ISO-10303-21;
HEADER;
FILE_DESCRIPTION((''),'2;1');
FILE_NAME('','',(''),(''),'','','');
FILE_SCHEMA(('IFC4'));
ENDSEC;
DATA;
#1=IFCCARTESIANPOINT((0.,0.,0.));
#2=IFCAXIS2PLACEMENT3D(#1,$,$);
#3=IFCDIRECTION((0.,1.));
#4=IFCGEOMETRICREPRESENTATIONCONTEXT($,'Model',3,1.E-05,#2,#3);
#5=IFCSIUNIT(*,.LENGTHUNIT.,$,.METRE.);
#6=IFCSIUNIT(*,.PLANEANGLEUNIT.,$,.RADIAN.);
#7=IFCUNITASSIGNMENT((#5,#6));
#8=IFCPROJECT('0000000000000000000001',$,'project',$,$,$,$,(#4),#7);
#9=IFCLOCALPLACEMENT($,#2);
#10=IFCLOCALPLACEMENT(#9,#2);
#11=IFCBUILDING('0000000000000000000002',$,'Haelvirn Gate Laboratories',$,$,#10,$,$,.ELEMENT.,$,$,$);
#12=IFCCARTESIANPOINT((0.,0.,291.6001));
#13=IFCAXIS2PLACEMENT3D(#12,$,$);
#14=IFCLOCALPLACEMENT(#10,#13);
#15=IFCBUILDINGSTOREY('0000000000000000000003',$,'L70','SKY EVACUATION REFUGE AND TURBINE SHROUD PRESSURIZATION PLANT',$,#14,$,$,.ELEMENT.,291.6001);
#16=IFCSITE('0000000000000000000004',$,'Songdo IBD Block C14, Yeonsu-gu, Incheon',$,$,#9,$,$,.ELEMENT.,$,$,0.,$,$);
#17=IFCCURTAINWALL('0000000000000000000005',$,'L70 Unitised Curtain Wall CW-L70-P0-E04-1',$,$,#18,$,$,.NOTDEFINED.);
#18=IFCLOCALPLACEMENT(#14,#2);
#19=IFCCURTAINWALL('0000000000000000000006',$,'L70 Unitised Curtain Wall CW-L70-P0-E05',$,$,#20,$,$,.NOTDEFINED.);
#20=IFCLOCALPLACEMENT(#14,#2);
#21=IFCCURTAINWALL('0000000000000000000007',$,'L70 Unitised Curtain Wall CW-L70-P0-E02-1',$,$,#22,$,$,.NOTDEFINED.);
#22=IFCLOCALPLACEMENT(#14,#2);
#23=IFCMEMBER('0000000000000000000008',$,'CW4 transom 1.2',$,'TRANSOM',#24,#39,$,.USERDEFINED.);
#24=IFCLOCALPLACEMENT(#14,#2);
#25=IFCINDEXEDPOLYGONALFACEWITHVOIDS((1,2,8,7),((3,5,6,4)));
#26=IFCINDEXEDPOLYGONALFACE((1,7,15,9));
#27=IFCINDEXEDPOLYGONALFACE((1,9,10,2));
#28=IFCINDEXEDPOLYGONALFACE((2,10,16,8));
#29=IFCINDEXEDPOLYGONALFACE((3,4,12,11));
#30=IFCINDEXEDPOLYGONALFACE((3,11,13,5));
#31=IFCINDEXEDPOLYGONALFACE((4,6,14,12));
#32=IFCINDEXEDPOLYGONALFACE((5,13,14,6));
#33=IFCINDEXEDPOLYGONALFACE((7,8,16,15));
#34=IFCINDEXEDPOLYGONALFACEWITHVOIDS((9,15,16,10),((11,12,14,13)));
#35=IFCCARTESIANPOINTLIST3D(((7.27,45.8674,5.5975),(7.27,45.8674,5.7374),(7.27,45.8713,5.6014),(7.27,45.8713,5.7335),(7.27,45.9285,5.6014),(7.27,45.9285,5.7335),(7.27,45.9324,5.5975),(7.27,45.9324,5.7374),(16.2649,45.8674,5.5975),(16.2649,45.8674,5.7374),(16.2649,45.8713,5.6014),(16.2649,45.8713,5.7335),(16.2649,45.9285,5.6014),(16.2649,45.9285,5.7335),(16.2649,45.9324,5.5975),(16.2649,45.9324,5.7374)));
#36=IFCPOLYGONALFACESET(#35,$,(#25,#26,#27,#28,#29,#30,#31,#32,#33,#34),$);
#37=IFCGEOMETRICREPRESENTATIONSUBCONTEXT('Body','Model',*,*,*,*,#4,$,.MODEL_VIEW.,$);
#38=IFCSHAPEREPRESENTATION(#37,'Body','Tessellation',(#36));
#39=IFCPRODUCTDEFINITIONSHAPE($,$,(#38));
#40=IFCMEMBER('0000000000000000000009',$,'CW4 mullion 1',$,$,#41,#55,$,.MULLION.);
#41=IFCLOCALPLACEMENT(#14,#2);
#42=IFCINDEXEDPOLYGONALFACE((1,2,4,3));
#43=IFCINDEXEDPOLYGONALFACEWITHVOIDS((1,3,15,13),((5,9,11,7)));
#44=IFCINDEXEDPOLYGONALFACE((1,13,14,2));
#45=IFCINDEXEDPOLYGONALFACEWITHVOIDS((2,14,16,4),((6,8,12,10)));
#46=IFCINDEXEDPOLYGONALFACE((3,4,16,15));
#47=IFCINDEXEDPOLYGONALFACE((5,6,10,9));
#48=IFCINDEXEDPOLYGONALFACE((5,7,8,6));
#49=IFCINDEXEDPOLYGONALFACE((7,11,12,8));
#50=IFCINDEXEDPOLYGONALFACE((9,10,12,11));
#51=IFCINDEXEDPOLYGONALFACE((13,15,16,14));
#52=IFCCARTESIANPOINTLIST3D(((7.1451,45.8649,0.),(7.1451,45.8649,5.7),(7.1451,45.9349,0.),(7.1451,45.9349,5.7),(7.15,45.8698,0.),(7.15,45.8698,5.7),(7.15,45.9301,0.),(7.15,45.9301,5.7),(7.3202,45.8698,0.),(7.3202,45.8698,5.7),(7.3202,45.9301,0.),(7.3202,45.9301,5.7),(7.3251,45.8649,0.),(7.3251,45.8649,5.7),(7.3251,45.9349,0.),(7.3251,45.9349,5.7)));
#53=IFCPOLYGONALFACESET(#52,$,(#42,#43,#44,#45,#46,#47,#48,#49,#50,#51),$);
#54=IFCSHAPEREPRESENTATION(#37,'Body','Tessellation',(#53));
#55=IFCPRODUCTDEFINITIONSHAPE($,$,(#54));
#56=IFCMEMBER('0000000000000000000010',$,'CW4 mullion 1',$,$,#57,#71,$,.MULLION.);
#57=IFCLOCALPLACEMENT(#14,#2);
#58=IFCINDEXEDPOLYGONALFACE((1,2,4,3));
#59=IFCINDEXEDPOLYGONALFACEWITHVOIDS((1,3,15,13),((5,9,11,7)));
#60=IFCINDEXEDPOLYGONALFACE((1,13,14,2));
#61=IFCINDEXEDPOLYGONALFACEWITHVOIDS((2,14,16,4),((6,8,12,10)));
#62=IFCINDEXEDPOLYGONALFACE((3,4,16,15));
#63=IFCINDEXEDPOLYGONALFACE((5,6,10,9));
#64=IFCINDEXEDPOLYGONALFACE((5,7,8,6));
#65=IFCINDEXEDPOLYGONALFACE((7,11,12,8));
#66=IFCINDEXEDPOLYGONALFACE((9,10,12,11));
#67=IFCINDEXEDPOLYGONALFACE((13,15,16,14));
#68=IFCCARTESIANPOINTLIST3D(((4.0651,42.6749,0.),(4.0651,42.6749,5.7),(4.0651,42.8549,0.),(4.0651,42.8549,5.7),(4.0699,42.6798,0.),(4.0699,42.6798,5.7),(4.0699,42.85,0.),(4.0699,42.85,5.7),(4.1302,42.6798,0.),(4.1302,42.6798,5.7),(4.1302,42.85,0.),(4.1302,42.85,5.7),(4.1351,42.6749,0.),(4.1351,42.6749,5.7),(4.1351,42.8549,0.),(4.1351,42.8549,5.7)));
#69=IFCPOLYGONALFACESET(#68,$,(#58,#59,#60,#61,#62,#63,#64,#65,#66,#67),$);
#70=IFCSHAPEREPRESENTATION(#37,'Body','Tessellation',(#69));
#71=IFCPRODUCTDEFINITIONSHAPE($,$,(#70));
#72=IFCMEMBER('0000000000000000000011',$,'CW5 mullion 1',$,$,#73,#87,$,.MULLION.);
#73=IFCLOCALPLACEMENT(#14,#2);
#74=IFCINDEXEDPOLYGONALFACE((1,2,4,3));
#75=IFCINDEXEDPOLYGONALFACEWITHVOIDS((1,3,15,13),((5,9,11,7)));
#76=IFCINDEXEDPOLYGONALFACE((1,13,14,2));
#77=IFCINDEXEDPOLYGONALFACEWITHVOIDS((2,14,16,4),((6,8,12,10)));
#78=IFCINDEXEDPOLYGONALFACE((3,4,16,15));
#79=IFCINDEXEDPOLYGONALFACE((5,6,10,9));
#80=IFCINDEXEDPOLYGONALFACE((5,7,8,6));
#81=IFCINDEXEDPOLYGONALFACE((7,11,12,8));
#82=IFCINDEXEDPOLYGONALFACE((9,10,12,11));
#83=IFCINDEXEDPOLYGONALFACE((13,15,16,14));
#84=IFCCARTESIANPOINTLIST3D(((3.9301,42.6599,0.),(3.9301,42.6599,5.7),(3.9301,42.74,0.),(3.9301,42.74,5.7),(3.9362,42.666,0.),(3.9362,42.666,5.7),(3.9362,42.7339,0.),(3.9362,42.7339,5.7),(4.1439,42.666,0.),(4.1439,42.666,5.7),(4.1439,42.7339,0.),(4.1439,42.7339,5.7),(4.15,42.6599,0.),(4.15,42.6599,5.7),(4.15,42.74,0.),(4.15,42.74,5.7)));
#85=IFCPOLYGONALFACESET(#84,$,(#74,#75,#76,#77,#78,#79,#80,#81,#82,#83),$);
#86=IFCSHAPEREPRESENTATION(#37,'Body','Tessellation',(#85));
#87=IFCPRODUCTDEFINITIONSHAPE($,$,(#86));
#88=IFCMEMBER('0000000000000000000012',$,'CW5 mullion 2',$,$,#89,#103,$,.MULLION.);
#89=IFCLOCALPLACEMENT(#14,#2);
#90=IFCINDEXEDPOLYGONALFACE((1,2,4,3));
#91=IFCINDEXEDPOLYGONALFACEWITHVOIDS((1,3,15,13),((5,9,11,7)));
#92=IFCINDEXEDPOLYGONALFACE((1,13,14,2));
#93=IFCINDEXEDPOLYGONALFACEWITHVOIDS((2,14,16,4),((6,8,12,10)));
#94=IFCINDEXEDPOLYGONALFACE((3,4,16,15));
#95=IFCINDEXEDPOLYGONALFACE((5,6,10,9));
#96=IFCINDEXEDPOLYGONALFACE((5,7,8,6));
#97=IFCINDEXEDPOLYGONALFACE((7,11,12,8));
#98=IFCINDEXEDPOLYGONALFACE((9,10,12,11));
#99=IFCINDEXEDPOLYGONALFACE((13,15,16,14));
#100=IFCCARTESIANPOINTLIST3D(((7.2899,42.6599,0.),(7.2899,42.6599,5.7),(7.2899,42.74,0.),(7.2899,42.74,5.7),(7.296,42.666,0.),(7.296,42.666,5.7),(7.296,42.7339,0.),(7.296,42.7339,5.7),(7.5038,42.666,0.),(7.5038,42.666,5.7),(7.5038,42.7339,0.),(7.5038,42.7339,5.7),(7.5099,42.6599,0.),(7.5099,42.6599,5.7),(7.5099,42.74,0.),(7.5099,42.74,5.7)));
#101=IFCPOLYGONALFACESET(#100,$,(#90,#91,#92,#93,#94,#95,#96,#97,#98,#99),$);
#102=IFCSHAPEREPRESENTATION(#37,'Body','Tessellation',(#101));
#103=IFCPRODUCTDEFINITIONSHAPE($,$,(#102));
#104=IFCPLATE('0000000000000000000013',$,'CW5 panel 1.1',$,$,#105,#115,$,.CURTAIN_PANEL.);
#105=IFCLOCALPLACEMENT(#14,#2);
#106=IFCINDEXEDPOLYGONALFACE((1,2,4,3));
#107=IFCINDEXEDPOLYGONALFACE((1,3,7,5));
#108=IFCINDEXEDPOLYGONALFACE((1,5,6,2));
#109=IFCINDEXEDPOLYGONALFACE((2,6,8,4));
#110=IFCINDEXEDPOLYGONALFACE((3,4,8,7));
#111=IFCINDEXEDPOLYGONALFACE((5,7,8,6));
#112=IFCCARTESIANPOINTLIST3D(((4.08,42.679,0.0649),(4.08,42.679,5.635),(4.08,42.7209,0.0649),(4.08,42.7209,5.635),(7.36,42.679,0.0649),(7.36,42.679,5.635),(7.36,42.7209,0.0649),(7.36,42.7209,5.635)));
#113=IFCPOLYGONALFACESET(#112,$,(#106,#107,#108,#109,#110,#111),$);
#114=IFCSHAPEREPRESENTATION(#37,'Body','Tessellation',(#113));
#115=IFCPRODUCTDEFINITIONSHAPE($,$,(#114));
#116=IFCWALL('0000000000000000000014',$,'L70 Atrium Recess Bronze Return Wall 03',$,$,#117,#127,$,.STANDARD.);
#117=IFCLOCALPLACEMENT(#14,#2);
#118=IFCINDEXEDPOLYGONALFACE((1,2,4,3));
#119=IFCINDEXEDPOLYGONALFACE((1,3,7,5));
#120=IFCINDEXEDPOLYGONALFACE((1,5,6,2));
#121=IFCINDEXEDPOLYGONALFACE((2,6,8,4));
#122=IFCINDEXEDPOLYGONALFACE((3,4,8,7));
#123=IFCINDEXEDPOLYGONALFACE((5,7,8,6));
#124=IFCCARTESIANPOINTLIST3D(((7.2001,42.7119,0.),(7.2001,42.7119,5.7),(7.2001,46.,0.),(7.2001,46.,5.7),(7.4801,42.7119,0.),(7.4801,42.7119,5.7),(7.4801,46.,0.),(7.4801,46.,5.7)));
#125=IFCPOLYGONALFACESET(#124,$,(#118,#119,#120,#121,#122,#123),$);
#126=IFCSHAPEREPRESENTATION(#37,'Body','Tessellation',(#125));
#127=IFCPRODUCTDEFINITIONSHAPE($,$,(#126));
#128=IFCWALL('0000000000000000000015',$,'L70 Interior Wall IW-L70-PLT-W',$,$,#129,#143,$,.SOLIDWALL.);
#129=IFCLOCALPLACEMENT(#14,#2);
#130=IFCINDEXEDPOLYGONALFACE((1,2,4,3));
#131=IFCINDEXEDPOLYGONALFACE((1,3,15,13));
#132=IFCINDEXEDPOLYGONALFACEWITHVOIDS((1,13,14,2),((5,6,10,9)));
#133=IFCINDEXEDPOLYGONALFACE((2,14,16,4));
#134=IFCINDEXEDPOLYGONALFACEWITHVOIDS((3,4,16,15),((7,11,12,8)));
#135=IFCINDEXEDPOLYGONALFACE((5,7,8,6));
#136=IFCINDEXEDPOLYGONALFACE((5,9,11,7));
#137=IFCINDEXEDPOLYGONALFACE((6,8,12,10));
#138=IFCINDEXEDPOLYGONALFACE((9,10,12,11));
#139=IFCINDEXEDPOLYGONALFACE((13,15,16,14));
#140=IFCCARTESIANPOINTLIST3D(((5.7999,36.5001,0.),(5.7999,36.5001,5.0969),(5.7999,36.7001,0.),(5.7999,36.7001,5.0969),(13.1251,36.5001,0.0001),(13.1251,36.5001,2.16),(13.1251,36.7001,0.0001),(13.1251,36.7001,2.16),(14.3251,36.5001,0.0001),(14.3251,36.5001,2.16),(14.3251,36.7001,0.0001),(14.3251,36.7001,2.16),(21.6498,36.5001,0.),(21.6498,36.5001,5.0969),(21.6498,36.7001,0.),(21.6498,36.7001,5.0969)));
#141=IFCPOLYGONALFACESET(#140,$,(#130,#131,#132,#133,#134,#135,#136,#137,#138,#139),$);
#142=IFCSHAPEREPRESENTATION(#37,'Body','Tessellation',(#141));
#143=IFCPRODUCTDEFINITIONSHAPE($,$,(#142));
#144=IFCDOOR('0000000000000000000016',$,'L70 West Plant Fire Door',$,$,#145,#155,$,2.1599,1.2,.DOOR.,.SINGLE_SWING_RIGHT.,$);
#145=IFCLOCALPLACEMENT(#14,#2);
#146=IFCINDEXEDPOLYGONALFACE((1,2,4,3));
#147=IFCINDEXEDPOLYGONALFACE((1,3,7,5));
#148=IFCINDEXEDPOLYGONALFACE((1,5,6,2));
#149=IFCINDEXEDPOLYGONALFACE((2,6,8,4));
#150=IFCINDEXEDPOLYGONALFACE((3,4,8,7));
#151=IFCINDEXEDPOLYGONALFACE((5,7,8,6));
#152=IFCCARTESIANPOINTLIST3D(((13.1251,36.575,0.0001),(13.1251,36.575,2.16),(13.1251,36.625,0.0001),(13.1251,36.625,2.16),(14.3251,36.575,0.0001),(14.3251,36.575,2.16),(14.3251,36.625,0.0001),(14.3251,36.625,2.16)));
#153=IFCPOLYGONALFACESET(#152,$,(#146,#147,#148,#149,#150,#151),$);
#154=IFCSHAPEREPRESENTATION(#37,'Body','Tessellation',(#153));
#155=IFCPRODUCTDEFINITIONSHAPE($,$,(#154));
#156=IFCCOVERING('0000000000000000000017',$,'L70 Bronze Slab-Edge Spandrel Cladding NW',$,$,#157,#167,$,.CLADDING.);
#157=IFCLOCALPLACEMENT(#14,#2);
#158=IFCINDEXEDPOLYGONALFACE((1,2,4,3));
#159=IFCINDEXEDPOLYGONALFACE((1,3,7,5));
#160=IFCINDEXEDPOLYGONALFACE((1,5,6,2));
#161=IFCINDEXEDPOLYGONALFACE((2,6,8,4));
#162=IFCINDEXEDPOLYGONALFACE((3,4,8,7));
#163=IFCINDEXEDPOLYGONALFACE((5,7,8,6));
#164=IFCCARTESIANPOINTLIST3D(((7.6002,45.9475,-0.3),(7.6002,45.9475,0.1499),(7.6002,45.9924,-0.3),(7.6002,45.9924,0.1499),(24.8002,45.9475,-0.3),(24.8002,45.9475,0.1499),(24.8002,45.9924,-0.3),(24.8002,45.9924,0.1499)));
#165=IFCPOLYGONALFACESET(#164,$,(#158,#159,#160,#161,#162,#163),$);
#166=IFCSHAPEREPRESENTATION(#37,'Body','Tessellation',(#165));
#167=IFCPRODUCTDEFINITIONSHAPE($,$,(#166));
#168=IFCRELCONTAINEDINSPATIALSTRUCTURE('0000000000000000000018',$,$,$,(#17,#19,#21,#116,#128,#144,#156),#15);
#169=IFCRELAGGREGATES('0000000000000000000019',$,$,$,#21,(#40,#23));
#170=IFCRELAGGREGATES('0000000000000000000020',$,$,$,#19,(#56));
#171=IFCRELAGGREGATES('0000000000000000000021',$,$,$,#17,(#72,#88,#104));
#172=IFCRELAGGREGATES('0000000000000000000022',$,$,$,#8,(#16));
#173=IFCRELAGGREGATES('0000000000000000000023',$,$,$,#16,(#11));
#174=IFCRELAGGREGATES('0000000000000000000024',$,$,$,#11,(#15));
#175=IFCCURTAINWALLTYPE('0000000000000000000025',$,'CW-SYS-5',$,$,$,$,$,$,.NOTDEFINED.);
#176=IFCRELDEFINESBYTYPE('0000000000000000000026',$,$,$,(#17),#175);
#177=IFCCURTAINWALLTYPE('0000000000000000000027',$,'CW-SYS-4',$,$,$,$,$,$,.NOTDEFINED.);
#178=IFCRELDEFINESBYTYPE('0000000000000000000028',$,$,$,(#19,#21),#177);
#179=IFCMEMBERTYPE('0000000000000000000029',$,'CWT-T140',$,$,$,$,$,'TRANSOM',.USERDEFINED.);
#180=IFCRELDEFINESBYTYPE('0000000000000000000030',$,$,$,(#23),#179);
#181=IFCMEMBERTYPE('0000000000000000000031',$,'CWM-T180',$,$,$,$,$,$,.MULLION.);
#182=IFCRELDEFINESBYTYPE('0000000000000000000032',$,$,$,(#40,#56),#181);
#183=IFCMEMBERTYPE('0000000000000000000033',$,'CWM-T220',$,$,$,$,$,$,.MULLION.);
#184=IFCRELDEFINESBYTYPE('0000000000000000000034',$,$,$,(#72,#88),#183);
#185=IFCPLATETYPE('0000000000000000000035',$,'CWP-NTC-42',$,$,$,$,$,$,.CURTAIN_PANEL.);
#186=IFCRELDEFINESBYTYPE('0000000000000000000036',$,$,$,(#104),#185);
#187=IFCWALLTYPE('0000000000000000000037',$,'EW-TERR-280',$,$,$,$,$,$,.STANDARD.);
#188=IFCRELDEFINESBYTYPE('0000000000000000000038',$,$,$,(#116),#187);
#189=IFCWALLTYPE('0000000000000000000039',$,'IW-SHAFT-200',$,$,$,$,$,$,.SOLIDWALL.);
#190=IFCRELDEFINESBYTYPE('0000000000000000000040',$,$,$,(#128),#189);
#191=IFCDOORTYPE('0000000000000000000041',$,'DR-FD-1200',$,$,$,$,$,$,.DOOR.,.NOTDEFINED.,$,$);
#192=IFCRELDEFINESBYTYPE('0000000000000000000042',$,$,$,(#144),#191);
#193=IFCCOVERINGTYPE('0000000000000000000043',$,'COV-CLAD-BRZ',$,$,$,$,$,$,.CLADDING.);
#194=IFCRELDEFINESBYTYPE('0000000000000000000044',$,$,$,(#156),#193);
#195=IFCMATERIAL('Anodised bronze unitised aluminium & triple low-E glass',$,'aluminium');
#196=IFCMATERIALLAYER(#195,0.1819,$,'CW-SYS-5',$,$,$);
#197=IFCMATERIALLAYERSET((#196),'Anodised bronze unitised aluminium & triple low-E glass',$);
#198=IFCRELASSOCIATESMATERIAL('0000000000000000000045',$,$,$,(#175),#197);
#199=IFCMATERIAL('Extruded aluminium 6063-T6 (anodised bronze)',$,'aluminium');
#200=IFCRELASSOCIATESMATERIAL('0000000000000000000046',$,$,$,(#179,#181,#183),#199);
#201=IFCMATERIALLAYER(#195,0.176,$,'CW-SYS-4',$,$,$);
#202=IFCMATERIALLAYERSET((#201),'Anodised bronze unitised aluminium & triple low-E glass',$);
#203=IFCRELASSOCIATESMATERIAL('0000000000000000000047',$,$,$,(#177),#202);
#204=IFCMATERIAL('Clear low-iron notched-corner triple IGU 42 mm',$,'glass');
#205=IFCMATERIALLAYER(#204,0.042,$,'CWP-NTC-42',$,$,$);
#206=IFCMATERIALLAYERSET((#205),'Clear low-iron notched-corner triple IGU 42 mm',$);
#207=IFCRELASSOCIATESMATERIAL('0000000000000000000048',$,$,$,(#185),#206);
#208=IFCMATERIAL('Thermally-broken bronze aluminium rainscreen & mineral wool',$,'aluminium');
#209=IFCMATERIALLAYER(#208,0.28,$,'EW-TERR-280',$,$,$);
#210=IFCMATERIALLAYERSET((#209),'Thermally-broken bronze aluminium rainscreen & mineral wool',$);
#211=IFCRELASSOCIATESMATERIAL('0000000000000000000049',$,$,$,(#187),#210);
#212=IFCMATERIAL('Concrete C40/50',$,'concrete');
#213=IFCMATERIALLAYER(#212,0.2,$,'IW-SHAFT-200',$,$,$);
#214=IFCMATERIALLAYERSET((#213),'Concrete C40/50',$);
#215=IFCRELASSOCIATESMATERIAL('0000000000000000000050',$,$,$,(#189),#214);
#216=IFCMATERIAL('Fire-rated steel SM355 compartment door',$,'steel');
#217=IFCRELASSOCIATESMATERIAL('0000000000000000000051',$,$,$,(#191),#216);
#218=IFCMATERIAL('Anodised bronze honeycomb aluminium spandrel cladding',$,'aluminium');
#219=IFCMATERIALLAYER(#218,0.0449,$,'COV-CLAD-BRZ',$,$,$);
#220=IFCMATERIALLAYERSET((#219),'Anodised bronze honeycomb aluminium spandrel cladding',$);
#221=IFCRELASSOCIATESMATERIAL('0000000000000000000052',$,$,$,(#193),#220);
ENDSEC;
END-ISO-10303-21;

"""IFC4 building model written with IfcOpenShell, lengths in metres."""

from ifc_helpers import new_model, si_unit, direction, frame, frame_2d, origin, origin_2d, place, context, subcontext, project, spatial, rectangle, hollow_rectangle, extrude, source, transform, mapped, material, layer, layer_set, material_profile, profile_set, type_object, type_shapes, element, fill, aggregate, save


model = new_model("IFC4")

# Units and contexts
model_context = context("Model", 3, precision=1e-05, world=origin(), true_north=direction((0.0, 1.0)))
body_context = subcontext(model_context, "Body", "Model", "MODEL_VIEW")
ifc_project = project(units=[si_unit("LENGTHUNIT", "METRE"), si_unit("PLANEANGLEUNIT", "RADIAN")], contexts=[model_context])

# Site, building, storey
site_placement = place(None, origin())
site = spatial("IfcSite", under=ifc_project, at=site_placement, Name="Songdo IBD Block C14, Yeonsu-gu, Incheon", CompositionType="ELEMENT", RefElevation=0.0)
building_placement = place(site_placement, origin())
building = spatial("IfcBuilding", under=site, at=building_placement, Name="Haelvirn Gate Laboratories", CompositionType="ELEMENT")
storey_placement = place(building_placement, frame((0.0, 0.0, 291.6001)))
storey = spatial("IfcBuildingStorey", under=building, at=storey_placement, Name="L70", Description="SKY EVACUATION REFUGE AND TURBINE SHROUD PRESSURIZATION PLANT", CompositionType="ELEMENT", Elevation=291.6001)

# Curtain walls, members
ifc_material_1 = material(Name="Anodised bronze unitised aluminium & triple low-E glass", Category="aluminium")
ifc_layer_1 = layer(ifc_material_1, 0.1819, Name="CW-SYS-5")
ifc_layer_set_1 = layer_set([ifc_layer_1], Name="Anodised bronze unitised aluminium & triple low-E glass")
curtain_wall_type_1 = type_object("IfcCurtainWallType", Name="CW-SYS-5", PredefinedType="NOTDEFINED", material=ifc_layer_set_1)
curtain_wall_1_placement = place(storey_placement, origin())
curtain_wall_1 = element("IfcCurtainWall", 1, at=curtain_wall_1_placement, inside=storey, type_object=curtain_wall_type_1, Name="L70 Unitised Curtain Wall CW-L70-P0-E04-1", PredefinedType="NOTDEFINED")
ifc_material_2 = material(Name="Extruded aluminium 6063-T6 (anodised bronze)", Category="aluminium")
ifc_material_profile_1 = material_profile(ifc_material_2, hollow_rectangle(XDim=0.0649, YDim=0.1399, WallThickness=0.0039, at=origin_2d()), Name="CWT-140x65x4")
ifc_profile_set_1 = profile_set([ifc_material_profile_1], Name="Extruded aluminium 6063-T6 (anodised bronze)")
member_type_1 = type_object("IfcMemberType", Name="CWT-T140", ElementType="TRANSOM", PredefinedType="USERDEFINED", material=ifc_profile_set_1)
ifc_layer_2 = layer(ifc_material_1, 0.176, Name="CW-SYS-4")
ifc_layer_set_2 = layer_set([ifc_layer_2], Name="Anodised bronze unitised aluminium & triple low-E glass")
curtain_wall_type_2 = type_object("IfcCurtainWallType", Name="CW-SYS-4", PredefinedType="NOTDEFINED", material=ifc_layer_set_2)
curtain_wall_2_placement = place(storey_placement, origin())
curtain_wall_2 = element("IfcCurtainWall", 2, at=curtain_wall_2_placement, inside=storey, type_object=curtain_wall_type_2, Name="L70 Unitised Curtain Wall CW-L70-P0-E05", PredefinedType="NOTDEFINED")
curtain_wall_3_placement = place(storey_placement, origin())
curtain_wall_3 = element("IfcCurtainWall", 3, at=curtain_wall_3_placement, inside=storey, type_object=curtain_wall_type_2, Name="L70 Unitised Curtain Wall CW-L70-P0-E02-1", PredefinedType="NOTDEFINED")
shared_shape_1 = source(origin(), body_context, "Body", "SweptSolid", [
    extrude(hollow_rectangle(XDim=0.0649, YDim=0.1399, WallThickness=0.0039, at=origin_2d()), origin(), (0.0, 0.0, 1.0), 8.9949),
])
member_1_placement = place(storey_placement, frame((7.27, 45.8999, 5.6675), z_axis=(1.0, 0.0, 0.0), x_axis=(0.0, 1.0, 0.0)))
member_1 = element("IfcMember", 4, at=member_1_placement, type_object=member_type_1, Name="CW4 transom 1.2", ObjectType="TRANSOM", PredefinedType="USERDEFINED", context=body_context, shape_type="MappedRepresentation", body=[
    mapped(shared_shape_1, transform((0.0, 0.0, 0.0), scale=1.0)),
])
ifc_material_profile_2 = material_profile(ifc_material_2, hollow_rectangle(XDim=0.0701, YDim=0.1799, WallThickness=0.0049, at=origin_2d()), Name="CWM-180x70x5")
ifc_profile_set_2 = profile_set([ifc_material_profile_2], Name="Extruded aluminium 6063-T6 (anodised bronze)")
member_type_2 = type_object("IfcMemberType", Name="CWM-T180", PredefinedType="MULLION", material=ifc_profile_set_2)
shared_shape_2 = source(origin(), body_context, "Body", "SweptSolid", [
    extrude(hollow_rectangle(XDim=0.0701, YDim=0.1799, WallThickness=0.0049, at=origin_2d()), origin(), (0.0, 0.0, 1.0), 5.7),
])
type_shapes(member_type_2, [shared_shape_2])
member_2_placement = place(storey_placement, frame((7.2351, 45.8999, 0.0), z_axis=(0.0, 0.0, 1.0), x_axis=(0.0, 1.0, 0.0)))
member_2 = element("IfcMember", 5, at=member_2_placement, type_object=member_type_2, Name="CW4 mullion 1", PredefinedType="MULLION", context=body_context, shape_type="MappedRepresentation", body=[
    mapped(shared_shape_2, transform((0.0, 0.0, 0.0), scale=1.0)),
])
aggregate(curtain_wall_3, [member_2, member_1])

# Members
member_3_placement = place(storey_placement, frame((4.1001, 42.7649, 0.0), z_axis=(0.0, 0.0, 1.0), x_axis=(1.0, 0.0, 0.0)))
member_3 = element("IfcMember", 6, at=member_3_placement, type_object=member_type_2, Name="CW4 mullion 1", PredefinedType="MULLION", context=body_context, shape_type="MappedRepresentation", body=[
    mapped(shared_shape_2, transform((0.0, 0.0, 0.0), scale=1.0)),
])
aggregate(curtain_wall_2, [member_3])
ifc_material_profile_3 = material_profile(ifc_material_2, hollow_rectangle(XDim=0.0801, YDim=0.22, WallThickness=0.0061, at=origin_2d()), Name="CWM-220x80x6")
ifc_profile_set_3 = profile_set([ifc_material_profile_3], Name="Extruded aluminium 6063-T6 (anodised bronze)")
member_type_3 = type_object("IfcMemberType", Name="CWM-T220", PredefinedType="MULLION", material=ifc_profile_set_3)
shared_shape_3 = source(origin(), body_context, "Body", "SweptSolid", [
    extrude(hollow_rectangle(XDim=0.0801, YDim=0.22, WallThickness=0.0061, at=origin_2d()), origin(), (0.0, 0.0, 1.0), 5.7),
])
type_shapes(member_type_3, [shared_shape_3])
member_4_placement = place(storey_placement, frame((4.04, 42.7, 0.0), z_axis=(0.0, 0.0, 1.0), x_axis=(0.0, 1.0, 0.0)))
member_4 = element("IfcMember", 7, at=member_4_placement, type_object=member_type_3, Name="CW5 mullion 1", PredefinedType="MULLION", context=body_context, shape_type="MappedRepresentation", body=[
    mapped(shared_shape_3, transform((0.0, 0.0, 0.0), scale=1.0)),
])
member_5_placement = place(storey_placement, frame((7.3999, 42.7, 0.0), z_axis=(0.0, 0.0, 1.0), x_axis=(0.0, 1.0, 0.0)))
member_5 = element("IfcMember", 8, at=member_5_placement, type_object=member_type_3, Name="CW5 mullion 2", PredefinedType="MULLION", context=body_context, shape_type="MappedRepresentation", body=[
    mapped(shared_shape_3, transform((0.0, 0.0, 0.0), scale=1.0)),
])

# Plate
ifc_material_3 = material(Name="Clear low-iron notched-corner triple IGU 42 mm", Category="glass")
ifc_layer_3 = layer(ifc_material_3, 0.042, Name="CWP-NTC-42")
ifc_layer_set_3 = layer_set([ifc_layer_3], Name="Clear low-iron notched-corner triple IGU 42 mm")
plate_type = type_object("IfcPlateType", Name="CWP-NTC-42", PredefinedType="CURTAIN_PANEL", material=ifc_layer_set_3)
shared_shape_4 = source(origin(), body_context, "Body", "SweptSolid", [
    extrude(rectangle(XDim=3.28, YDim=0.042, at=origin_2d()), origin(), (0.0, 0.0, 1.0), 5.5701),
])
type_shapes(plate_type, [shared_shape_4])
plate_placement = place(storey_placement, frame((5.72, 42.7, 0.0649), z_axis=(0.0, 0.0, 1.0), x_axis=(1.0, 0.0, 0.0)))
plate = element("IfcPlate", 9, at=plate_placement, type_object=plate_type, Name="CW5 panel 1.1", PredefinedType="CURTAIN_PANEL", context=body_context, shape_type="MappedRepresentation", body=[
    mapped(shared_shape_4, transform((0.0, 0.0, 0.0), scale=1.0)),
])
aggregate(curtain_wall_1, [member_4, member_5, plate])

# Wall
ifc_material_4 = material(Name="Thermally-broken bronze aluminium rainscreen & mineral wool", Category="aluminium")
ifc_layer_4 = layer(ifc_material_4, 0.28, Name="EW-TERR-280")
ifc_layer_set_4 = layer_set([ifc_layer_4], Name="Thermally-broken bronze aluminium rainscreen & mineral wool")
wall_type_1 = type_object("IfcWallType", Name="EW-TERR-280", PredefinedType="STANDARD", material=ifc_layer_set_4)
wall_1_placement = place(storey_placement, frame((7.3401, 46.0, 0.0), z_axis=(0.0, 0.0, 1.0), x_axis=(0.0, -1.0, 0.0)))
element("IfcWall", 10, at=wall_1_placement, inside=storey, type_object=wall_type_1, Name="L70 Atrium Recess Bronze Return Wall 03", PredefinedType="STANDARD", context=body_context, shape_type="SweptSolid", body=[
    extrude(rectangle(XDim=3.2881, YDim=0.28, at=frame_2d((1.644, 0.0))), origin(), (0.0, 0.0, 1.0), 5.7),
])

# Wall, opening, door
ifc_material_5 = material(Name="Concrete C40/50", Category="concrete")
ifc_layer_5 = layer(ifc_material_5, 0.2, Name="IW-SHAFT-200")
ifc_layer_set_5 = layer_set([ifc_layer_5], Name="Concrete C40/50")
wall_type_2 = type_object("IfcWallType", Name="IW-SHAFT-200", PredefinedType="SOLIDWALL", material=ifc_layer_set_5)
wall_2_placement = place(storey_placement, frame((5.8, 36.6001, 0.0), z_axis=(0.0, 0.0, 1.0), x_axis=(1.0, 0.0, 0.0)))
wall_2 = element("IfcWall", 11, at=wall_2_placement, inside=storey, type_object=wall_type_2, Name="L70 Interior Wall IW-L70-PLT-W", PredefinedType="SOLIDWALL", context=body_context, shape_type="SweptSolid", body=[
    extrude(rectangle(XDim=15.8499, YDim=0.2, at=frame_2d((7.9248, 0.0))), origin(), (0.0, 0.0, 1.0), 5.0969),
])
opening_placement = place(wall_2_placement, frame((7.325, 0.0, 0.0)))
opening = element("IfcOpeningElement", 12, at=opening_placement, cuts=wall_2, PredefinedType="OPENING", context=body_context, shape_type="SweptSolid", body=[
    extrude(rectangle(XDim=1.2, YDim=2.1599, at=frame_2d((0.6001, 1.0801))), frame((0.0, 0.1099, 0.0), z_axis=(0.0, -1.0, 0.0), x_axis=(1.0, 0.0, 0.0)), (0.0, 0.0, 1.0), 0.22),
])
ifc_material_6 = material(Name="Fire-rated steel SM355 compartment door", Category="steel")
door_type = type_object("IfcDoorType", Name="DR-FD-1200", OperationType="NOTDEFINED", PredefinedType="DOOR", material=ifc_material_6)
shared_shape_5 = source(origin(), body_context, "Body", "SweptSolid", [
    extrude(rectangle(XDim=1.2, YDim=2.1599, at=frame_2d((0.6001, 1.0801))), frame((0.0, 0.0249, 0.0), z_axis=(0.0, -1.0, 0.0), x_axis=(1.0, 0.0, 0.0)), (0.0, 0.0, 1.0), 0.05),
])
type_shapes(door_type, [shared_shape_5])
door_placement = place(opening_placement, origin())
door = element("IfcDoor", 13, at=door_placement, inside=storey, type_object=door_type, Name="L70 West Plant Fire Door", OperationType="SINGLE_SWING_RIGHT", OverallHeight=2.1599, OverallWidth=1.2, PredefinedType="DOOR", context=body_context, shape_type="MappedRepresentation", body=[
    mapped(shared_shape_5, transform((0.0, 0.0, 0.0), scale=1.0)),
])
fill(opening, door)

# Covering
ifc_material_7 = material(Name="Anodised bronze honeycomb aluminium spandrel cladding", Category="aluminium")
ifc_layer_6 = layer(ifc_material_7, 0.0449, Name="COV-CLAD-BRZ")
ifc_layer_set_6 = layer_set([ifc_layer_6], Name="Anodised bronze honeycomb aluminium spandrel cladding")
covering_type = type_object("IfcCoveringType", Name="COV-CLAD-BRZ", PredefinedType="CLADDING", material=ifc_layer_set_6)
covering_placement = place(storey_placement, frame((7.6001, 45.97, -0.3), z_axis=(0.0, 0.0, 1.0), x_axis=(1.0, 0.0, 0.0)))
element("IfcCovering", 14, at=covering_placement, inside=storey, type_object=covering_type, Name="L70 Bronze Slab-Edge Spandrel Cladding NW", PredefinedType="CLADDING", context=body_context, shape_type="SweptSolid", body=[
    extrude(rectangle(XDim=17.2, YDim=0.0449, at=frame_2d((8.6001, 0.0))), origin(), (0.0, 0.0, 1.0), 0.45),
])

save(model, "model.ifc")
